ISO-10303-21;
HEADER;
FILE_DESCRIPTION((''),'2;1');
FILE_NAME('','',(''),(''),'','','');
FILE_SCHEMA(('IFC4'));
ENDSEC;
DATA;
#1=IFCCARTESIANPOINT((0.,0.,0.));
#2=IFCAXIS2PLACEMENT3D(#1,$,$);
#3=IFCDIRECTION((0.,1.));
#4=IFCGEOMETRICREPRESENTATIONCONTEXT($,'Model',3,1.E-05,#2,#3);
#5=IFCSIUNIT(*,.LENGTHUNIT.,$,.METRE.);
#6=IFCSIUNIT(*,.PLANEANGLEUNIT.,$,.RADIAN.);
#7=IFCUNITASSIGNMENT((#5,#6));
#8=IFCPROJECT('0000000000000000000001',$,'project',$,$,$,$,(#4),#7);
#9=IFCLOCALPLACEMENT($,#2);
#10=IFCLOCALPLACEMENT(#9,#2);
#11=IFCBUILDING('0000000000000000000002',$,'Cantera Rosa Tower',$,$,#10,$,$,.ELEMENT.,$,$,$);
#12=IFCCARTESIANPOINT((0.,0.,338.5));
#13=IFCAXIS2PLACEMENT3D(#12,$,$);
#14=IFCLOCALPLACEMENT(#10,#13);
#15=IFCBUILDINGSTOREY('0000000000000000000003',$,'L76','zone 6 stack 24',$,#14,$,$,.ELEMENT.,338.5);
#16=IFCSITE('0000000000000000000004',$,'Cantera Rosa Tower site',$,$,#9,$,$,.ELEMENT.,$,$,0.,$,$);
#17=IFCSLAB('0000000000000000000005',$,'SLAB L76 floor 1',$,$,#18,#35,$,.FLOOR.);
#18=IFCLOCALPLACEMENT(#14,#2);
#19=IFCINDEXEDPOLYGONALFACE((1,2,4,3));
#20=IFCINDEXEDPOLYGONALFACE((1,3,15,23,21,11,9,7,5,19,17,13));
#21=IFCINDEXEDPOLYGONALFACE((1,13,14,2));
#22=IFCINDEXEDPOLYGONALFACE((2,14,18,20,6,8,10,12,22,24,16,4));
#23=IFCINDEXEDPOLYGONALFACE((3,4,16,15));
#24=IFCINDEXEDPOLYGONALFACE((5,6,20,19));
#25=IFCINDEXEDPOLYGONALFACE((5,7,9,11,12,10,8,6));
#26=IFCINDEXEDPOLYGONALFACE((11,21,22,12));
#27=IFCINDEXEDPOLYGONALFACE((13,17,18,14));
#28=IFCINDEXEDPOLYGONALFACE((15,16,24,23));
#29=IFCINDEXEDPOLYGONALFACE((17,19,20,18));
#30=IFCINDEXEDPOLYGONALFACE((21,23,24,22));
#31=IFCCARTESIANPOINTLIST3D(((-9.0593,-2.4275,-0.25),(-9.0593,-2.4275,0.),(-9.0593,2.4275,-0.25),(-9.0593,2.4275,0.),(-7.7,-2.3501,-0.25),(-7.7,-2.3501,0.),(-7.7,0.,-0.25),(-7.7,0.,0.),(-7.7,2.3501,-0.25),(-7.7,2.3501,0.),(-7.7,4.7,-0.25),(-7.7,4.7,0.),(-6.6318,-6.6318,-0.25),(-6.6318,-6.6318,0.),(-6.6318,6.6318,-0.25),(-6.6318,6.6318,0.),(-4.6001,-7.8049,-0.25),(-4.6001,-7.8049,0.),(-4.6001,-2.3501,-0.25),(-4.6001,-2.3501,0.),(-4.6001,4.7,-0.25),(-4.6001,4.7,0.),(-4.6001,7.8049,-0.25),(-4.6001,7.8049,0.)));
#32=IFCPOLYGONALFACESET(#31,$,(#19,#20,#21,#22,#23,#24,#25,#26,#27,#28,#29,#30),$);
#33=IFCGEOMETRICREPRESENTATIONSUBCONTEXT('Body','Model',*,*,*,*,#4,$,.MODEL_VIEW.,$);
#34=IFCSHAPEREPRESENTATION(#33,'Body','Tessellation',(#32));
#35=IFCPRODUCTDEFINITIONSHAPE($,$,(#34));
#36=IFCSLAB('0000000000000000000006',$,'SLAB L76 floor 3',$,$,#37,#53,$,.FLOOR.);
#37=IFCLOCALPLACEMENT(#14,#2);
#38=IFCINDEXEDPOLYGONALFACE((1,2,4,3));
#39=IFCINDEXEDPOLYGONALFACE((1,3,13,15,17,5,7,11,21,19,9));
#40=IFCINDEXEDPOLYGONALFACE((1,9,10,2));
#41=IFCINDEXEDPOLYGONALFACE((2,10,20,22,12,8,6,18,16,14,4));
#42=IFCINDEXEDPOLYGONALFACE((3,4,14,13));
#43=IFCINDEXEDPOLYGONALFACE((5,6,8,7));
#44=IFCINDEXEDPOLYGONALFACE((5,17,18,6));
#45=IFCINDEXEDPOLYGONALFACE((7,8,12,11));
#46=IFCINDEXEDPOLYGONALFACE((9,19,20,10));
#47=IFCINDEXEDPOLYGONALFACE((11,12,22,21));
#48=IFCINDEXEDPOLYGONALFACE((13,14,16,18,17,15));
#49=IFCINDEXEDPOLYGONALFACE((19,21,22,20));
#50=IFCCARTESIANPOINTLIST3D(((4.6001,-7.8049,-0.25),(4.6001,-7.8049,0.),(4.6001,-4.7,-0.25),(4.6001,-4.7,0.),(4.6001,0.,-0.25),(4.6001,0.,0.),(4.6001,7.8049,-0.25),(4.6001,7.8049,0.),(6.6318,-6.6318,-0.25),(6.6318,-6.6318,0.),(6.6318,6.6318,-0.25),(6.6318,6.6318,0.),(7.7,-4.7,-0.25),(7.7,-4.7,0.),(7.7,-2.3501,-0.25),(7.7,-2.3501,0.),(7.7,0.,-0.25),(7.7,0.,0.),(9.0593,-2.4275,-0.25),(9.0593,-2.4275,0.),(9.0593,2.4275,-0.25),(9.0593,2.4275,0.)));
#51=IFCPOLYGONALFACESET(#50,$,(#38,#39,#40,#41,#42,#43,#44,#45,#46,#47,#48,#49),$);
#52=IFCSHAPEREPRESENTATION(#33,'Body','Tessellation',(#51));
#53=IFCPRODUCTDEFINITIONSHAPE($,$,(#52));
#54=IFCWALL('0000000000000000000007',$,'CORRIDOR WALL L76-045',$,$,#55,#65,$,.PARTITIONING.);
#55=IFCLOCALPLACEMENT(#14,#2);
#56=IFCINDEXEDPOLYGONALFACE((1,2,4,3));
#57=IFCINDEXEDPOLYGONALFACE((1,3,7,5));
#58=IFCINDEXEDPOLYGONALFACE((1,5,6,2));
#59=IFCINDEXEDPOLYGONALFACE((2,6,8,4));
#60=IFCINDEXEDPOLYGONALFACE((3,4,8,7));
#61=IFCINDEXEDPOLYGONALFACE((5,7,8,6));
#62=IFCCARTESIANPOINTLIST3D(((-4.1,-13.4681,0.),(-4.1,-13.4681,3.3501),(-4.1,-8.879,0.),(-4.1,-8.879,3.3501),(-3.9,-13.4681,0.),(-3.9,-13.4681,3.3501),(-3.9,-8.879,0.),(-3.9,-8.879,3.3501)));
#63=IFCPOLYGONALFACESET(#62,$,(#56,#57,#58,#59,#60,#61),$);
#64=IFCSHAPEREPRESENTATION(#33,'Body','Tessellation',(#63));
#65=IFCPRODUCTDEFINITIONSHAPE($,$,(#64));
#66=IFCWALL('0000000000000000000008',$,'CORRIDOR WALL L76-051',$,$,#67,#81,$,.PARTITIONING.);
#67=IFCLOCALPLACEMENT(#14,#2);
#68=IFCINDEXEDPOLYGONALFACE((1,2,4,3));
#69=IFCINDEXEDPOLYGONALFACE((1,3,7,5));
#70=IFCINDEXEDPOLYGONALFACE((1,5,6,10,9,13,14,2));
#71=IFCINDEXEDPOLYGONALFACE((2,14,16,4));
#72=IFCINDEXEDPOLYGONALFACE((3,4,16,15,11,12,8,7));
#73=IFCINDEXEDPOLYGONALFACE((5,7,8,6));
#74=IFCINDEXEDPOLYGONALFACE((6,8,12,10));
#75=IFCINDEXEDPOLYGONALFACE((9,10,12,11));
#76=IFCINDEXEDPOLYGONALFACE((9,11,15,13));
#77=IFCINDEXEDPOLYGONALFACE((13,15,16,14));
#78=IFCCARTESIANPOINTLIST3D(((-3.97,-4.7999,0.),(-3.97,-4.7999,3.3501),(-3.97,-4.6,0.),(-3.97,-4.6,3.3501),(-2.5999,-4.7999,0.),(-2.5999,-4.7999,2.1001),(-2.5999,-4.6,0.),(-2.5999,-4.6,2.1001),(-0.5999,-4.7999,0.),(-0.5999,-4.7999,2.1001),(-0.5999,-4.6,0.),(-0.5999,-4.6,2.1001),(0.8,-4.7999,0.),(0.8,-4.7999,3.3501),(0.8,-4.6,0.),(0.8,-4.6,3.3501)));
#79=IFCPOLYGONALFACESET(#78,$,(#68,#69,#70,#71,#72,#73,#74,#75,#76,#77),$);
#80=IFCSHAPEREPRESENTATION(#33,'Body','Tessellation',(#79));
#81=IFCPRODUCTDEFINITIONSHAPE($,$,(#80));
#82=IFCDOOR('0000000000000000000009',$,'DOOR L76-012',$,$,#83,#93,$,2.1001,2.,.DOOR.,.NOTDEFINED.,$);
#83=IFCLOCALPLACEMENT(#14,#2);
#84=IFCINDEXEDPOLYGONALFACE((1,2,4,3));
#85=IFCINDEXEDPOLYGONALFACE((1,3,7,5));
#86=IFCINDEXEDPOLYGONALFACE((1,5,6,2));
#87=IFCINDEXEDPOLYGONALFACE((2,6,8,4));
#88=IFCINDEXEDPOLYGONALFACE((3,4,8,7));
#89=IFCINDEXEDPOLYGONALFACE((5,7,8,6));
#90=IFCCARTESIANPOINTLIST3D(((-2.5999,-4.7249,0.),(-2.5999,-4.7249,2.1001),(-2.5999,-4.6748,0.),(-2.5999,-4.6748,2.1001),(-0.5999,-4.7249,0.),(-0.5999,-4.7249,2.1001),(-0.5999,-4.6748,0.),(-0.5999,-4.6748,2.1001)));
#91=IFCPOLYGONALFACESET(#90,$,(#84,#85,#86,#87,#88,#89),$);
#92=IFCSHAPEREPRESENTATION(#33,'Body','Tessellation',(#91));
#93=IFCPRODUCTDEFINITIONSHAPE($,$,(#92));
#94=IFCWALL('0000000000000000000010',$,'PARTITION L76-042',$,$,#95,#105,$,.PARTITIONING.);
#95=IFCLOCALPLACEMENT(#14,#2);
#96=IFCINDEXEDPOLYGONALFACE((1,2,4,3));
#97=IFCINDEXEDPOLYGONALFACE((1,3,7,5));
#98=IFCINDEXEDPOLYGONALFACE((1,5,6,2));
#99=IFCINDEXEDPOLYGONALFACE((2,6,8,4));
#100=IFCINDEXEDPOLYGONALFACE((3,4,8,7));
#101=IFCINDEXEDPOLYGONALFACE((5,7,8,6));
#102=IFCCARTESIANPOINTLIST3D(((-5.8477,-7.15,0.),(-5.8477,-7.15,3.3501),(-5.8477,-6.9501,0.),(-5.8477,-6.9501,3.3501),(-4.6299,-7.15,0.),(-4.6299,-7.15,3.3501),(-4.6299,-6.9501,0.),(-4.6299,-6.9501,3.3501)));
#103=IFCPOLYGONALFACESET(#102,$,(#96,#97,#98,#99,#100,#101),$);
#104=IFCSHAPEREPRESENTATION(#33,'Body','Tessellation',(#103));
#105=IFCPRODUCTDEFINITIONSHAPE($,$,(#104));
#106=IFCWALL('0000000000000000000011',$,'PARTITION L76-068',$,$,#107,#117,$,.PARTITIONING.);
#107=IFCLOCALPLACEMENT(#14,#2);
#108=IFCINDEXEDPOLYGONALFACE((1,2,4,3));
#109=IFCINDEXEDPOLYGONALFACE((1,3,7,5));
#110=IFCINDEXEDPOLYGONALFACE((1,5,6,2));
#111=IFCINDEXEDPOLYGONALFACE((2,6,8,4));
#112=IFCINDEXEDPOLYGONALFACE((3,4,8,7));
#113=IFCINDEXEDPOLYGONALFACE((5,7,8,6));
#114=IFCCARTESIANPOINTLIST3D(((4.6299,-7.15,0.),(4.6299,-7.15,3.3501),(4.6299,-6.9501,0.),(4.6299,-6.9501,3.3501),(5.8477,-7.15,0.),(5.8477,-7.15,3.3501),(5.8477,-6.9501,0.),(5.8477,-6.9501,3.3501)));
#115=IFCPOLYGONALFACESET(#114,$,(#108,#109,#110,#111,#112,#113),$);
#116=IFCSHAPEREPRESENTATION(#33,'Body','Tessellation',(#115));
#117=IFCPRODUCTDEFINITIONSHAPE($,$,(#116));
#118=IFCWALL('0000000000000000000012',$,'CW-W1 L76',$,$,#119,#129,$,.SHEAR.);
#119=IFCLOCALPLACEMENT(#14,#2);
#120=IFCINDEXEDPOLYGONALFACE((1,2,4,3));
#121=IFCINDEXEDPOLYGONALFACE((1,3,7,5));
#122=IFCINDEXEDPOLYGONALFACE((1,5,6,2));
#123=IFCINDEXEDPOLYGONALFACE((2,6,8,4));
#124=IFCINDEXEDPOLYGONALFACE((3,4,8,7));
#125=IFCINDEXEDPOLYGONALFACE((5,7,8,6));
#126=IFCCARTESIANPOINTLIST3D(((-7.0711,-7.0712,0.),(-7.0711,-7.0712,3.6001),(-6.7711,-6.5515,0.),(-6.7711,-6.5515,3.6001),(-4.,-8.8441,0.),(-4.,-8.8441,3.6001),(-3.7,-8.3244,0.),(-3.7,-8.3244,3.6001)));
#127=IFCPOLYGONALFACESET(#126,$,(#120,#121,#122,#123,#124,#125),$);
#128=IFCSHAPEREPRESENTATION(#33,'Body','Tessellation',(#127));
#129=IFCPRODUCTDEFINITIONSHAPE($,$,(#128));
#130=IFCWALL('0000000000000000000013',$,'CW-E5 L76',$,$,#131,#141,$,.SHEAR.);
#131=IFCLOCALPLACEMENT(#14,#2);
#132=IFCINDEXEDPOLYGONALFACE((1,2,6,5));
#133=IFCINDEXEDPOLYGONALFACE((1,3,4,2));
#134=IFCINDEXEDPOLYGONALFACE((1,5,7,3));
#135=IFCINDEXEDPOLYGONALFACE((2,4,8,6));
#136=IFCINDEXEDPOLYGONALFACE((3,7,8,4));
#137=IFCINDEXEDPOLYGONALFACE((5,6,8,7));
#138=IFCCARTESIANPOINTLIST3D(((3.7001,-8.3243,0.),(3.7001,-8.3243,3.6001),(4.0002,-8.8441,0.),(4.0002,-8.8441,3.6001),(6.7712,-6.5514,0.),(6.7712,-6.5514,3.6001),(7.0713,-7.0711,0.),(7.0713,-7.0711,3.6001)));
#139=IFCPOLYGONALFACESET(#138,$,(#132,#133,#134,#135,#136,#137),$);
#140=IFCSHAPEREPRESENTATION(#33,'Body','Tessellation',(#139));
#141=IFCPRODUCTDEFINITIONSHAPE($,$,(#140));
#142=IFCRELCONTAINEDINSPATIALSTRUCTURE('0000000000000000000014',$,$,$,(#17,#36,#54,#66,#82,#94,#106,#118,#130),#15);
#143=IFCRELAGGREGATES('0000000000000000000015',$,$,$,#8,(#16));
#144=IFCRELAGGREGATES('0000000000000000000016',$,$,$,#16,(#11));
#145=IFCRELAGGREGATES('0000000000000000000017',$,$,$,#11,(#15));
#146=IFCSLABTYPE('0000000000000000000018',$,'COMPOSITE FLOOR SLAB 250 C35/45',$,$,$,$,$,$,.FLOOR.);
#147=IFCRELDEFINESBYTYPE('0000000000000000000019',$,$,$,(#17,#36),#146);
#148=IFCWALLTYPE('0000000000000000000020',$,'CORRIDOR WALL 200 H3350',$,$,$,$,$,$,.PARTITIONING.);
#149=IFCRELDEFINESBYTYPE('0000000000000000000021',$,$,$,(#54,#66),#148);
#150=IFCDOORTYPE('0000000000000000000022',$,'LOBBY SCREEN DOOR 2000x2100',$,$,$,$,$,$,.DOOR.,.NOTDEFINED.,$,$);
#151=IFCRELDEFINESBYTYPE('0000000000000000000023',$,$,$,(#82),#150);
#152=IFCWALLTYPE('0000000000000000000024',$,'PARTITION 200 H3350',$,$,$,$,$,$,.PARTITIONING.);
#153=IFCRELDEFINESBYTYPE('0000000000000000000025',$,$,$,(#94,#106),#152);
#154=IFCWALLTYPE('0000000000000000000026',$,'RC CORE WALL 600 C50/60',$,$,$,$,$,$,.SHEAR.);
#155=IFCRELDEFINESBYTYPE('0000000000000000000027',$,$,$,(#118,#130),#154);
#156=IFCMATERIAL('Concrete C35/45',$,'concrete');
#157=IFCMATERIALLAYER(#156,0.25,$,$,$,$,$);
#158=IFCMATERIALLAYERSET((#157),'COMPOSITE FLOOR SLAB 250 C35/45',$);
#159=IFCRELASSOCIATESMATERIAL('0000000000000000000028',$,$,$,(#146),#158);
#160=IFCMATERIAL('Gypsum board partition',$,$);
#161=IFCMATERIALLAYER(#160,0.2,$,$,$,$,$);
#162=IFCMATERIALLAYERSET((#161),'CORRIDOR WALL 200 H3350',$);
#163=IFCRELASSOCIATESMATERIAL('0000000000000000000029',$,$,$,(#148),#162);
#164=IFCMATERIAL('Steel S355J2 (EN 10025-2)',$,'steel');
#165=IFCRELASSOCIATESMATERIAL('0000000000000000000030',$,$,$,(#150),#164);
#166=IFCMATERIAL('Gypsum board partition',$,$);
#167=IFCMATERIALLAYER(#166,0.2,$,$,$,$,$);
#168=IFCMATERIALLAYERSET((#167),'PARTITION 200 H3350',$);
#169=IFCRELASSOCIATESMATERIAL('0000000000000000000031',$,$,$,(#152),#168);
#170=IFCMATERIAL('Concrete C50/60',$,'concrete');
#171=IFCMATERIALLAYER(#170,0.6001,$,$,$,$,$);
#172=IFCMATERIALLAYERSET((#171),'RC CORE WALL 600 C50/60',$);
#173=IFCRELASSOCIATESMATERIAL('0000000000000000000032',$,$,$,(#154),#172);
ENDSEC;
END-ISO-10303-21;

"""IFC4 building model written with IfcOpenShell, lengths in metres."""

from ifc_helpers import new_model, si_unit, direction, frame, frame_2d, origin, place, context, subcontext, project, spatial, polyline, rectangle, outline, extrude, material, layer, layer_set, type_object, element, fill, save


model = new_model("IFC4")

# Units and contexts
model_context = context("Model", 3, precision=1e-05, world=origin(), true_north=direction((0.0, 1.0)))
body_context = subcontext(model_context, "Body", "Model", "MODEL_VIEW")
ifc_project = project(units=[si_unit("LENGTHUNIT", "METRE"), si_unit("PLANEANGLEUNIT", "RADIAN")], contexts=[model_context])

# Site, building, storey
site_placement = place(None, origin())
site = spatial("IfcSite", under=ifc_project, at=site_placement, Name="Cantera Rosa Tower site", CompositionType="ELEMENT", RefElevation=0.0)
building_placement = place(site_placement, origin())
building = spatial("IfcBuilding", under=site, at=building_placement, Name="Cantera Rosa Tower", CompositionType="ELEMENT")
storey_placement = place(building_placement, frame((0.0, 0.0, 338.5)))
storey = spatial("IfcBuildingStorey", under=building, at=storey_placement, Name="L76", Description="zone 6 stack 24", CompositionType="ELEMENT", Elevation=338.5)

# Slabs
ifc_material_1 = material(Name="Concrete C35/45", Category="concrete")
ifc_layer_1 = layer(ifc_material_1, 0.25)
ifc_layer_set_1 = layer_set([ifc_layer_1], Name="COMPOSITE FLOOR SLAB 250 C35/45")
slab_type = type_object("IfcSlabType", Name="COMPOSITE FLOOR SLAB 250 C35/45", PredefinedType="FLOOR", material=ifc_layer_set_1)
slab_1_placement = place(storey_placement, frame((0.0, 0.0, -0.25)))
element("IfcSlab", 1, at=slab_1_placement, inside=storey, type_object=slab_type, Name="SLAB L76 floor 1", PredefinedType="FLOOR", context=body_context, shape_type="SweptSolid", body=[
    extrude(outline(polyline([(-4.6001, -7.8049), (-6.6318, -6.6318), (-9.0593, -2.4275), (-9.0593, 2.4275), (-6.6318, 6.6318), (-4.6001, 7.8049), (-4.6001, 4.7), (-7.7, 4.7), (-7.7, 2.3501), (-7.7, 0.0), (-7.7, -2.3501), (-4.6001, -2.3501), (-4.6001, -7.8049)])), origin(), (0.0, 0.0, 1.0), 0.25),
])
slab_2_placement = place(storey_placement, frame((0.0, 0.0, -0.25)))
element("IfcSlab", 2, at=slab_2_placement, inside=storey, type_object=slab_type, Name="SLAB L76 floor 3", PredefinedType="FLOOR", context=body_context, shape_type="SweptSolid", body=[
    extrude(outline(polyline([(4.6001, 7.8049), (6.6318, 6.6318), (9.0593, 2.4275), (9.0593, -2.4275), (6.6318, -6.6318), (4.6001, -7.8049), (4.6001, -4.7), (7.7, -4.7), (7.7, -2.3501), (7.7, 0.0), (4.6001, 0.0), (4.6001, 7.8049)])), origin(), (0.0, 0.0, 1.0), 0.25),
])

# Wall
ifc_material_2 = material(Name="Gypsum board partition")
ifc_layer_2 = layer(ifc_material_2, 0.2)
ifc_layer_set_2 = layer_set([ifc_layer_2], Name="CORRIDOR WALL 200 H3350")
wall_type_1 = type_object("IfcWallType", Name="CORRIDOR WALL 200 H3350", PredefinedType="PARTITIONING", material=ifc_layer_set_2)
wall_1_placement = place(storey_placement, frame((-4.0, -13.468, 0.0), z_axis=(0.0, 0.0, 1.0), x_axis=(0.0, 1.0, 0.0)))
element("IfcWall", 3, at=wall_1_placement, inside=storey, type_object=wall_type_1, Name="CORRIDOR WALL L76-045", PredefinedType="PARTITIONING", context=body_context, shape_type="SweptSolid", body=[
    extrude(rectangle(XDim=4.5891, YDim=0.2, at=frame_2d((2.2944, 0.0))), origin(), (0.0, 0.0, 1.0), 3.3501),
])

# Wall, opening, door
wall_2_placement = place(storey_placement, frame((0.8, -4.7, 0.0), z_axis=(0.0, 0.0, 1.0), x_axis=(-1.0, 0.0, 0.0)))
wall_2 = element("IfcWall", 4, at=wall_2_placement, inside=storey, type_object=wall_type_1, Name="CORRIDOR WALL L76-051", PredefinedType="PARTITIONING", context=body_context, shape_type="SweptSolid", body=[
    extrude(rectangle(XDim=4.77, YDim=0.2, at=frame_2d((2.385, 0.0))), origin(), (0.0, 0.0, 1.0), 3.3501),
])
opening_1_placement = place(wall_2_placement, frame((1.3999, 0.0, 0.0)))
opening_1 = element("IfcOpeningElement", 5, at=opening_1_placement, cuts=wall_2, PredefinedType="OPENING", context=body_context, shape_type="SweptSolid", body=[
    extrude(rectangle(XDim=2.0, YDim=2.1001, at=frame_2d((1.0, 1.05))), frame((0.0, 0.1099, 0.0), z_axis=(0.0, -1.0, 0.0), x_axis=(1.0, 0.0, 0.0)), (0.0, 0.0, 1.0), 0.22),
])
ifc_material_3 = material(Name="Steel S355J2 (EN 10025-2)", Category="steel")
door_type_1 = type_object("IfcDoorType", Name="LOBBY SCREEN DOOR 2000x2100", OperationType="NOTDEFINED", PredefinedType="DOOR", material=ifc_material_3)
door_1_placement = place(opening_1_placement, origin())
door_1 = element("IfcDoor", 6, at=door_1_placement, inside=storey, type_object=door_type_1, Name="DOOR L76-012", OperationType="NOTDEFINED", OverallHeight=2.1001, OverallWidth=2.0, PredefinedType="DOOR", context=body_context, shape_type="SweptSolid", body=[
    extrude(rectangle(XDim=2.0, YDim=2.1001, at=frame_2d((1.0, 1.05))), frame((0.0, 0.0249, 0.0), z_axis=(0.0, -1.0, 0.0), x_axis=(1.0, 0.0, 0.0)), (0.0, 0.0, 1.0), 0.05),
])
fill(opening_1, door_1)

# Walls
ifc_material_4 = material(Name="Gypsum board partition")
ifc_layer_3 = layer(ifc_material_4, 0.2)
ifc_layer_set_3 = layer_set([ifc_layer_3], Name="PARTITION 200 H3350")
wall_type_2 = type_object("IfcWallType", Name="PARTITION 200 H3350", PredefinedType="PARTITIONING", material=ifc_layer_set_3)
for number, where, z_axis, x_axis, name in (
    (7, (-4.6299, -7.05, 0.0), (0.0, 0.0, 1.0), (-1.0, 0.0, 0.0), "PARTITION L76-042"),
    (8, (5.8477, -7.05, 0.0), (0.0, 0.0, 1.0), (-1.0, 0.0, 0.0), "PARTITION L76-068"),
):
    element("IfcWall", number, at=place(storey_placement, frame(where, z_axis=z_axis, x_axis=x_axis)), inside=storey, type_object=wall_type_2, Name=name, PredefinedType="PARTITIONING", context=body_context, shape_type="SweptSolid", body=[
        extrude(rectangle(XDim=1.2178, YDim=0.2, at=frame_2d((0.6089, 0.0))), origin(), (0.0, 0.0, 1.0), 3.3501),
    ])
ifc_material_5 = material(Name="Concrete C50/60", Category="concrete")
ifc_layer_4 = layer(ifc_material_5, 0.6001)
ifc_layer_set_4 = layer_set([ifc_layer_4], Name="RC CORE WALL 600 C50/60")
wall_type_3 = type_object("IfcWallType", Name="RC CORE WALL 600 C50/60", PredefinedType="SHEAR", material=ifc_layer_set_4)
for number, where, z_axis, x_axis, name in (
    (9, (-3.8501, -8.5842, 0.0), (0.0, 0.0, 1.0), (-0.86604, 0.499975, 0.0), "CW-W1 L76"),
    (10, (6.9211, -6.8113, 0.0), (0.0, 0.0, 1.0), (-0.86604, -0.499975, 0.0), "CW-E5 L76"),
):
    element("IfcWall", number, at=place(storey_placement, frame(where, z_axis=z_axis, x_axis=x_axis)), inside=storey, type_object=wall_type_3, Name=name, PredefinedType="SHEAR", context=body_context, shape_type="SweptSolid", body=[
        extrude(rectangle(XDim=3.5461, YDim=0.6001, at=frame_2d((1.7729, 0.0))), origin(), (0.0, 0.0, 1.0), 3.6001),
    ])

save(model, "model.ifc")
